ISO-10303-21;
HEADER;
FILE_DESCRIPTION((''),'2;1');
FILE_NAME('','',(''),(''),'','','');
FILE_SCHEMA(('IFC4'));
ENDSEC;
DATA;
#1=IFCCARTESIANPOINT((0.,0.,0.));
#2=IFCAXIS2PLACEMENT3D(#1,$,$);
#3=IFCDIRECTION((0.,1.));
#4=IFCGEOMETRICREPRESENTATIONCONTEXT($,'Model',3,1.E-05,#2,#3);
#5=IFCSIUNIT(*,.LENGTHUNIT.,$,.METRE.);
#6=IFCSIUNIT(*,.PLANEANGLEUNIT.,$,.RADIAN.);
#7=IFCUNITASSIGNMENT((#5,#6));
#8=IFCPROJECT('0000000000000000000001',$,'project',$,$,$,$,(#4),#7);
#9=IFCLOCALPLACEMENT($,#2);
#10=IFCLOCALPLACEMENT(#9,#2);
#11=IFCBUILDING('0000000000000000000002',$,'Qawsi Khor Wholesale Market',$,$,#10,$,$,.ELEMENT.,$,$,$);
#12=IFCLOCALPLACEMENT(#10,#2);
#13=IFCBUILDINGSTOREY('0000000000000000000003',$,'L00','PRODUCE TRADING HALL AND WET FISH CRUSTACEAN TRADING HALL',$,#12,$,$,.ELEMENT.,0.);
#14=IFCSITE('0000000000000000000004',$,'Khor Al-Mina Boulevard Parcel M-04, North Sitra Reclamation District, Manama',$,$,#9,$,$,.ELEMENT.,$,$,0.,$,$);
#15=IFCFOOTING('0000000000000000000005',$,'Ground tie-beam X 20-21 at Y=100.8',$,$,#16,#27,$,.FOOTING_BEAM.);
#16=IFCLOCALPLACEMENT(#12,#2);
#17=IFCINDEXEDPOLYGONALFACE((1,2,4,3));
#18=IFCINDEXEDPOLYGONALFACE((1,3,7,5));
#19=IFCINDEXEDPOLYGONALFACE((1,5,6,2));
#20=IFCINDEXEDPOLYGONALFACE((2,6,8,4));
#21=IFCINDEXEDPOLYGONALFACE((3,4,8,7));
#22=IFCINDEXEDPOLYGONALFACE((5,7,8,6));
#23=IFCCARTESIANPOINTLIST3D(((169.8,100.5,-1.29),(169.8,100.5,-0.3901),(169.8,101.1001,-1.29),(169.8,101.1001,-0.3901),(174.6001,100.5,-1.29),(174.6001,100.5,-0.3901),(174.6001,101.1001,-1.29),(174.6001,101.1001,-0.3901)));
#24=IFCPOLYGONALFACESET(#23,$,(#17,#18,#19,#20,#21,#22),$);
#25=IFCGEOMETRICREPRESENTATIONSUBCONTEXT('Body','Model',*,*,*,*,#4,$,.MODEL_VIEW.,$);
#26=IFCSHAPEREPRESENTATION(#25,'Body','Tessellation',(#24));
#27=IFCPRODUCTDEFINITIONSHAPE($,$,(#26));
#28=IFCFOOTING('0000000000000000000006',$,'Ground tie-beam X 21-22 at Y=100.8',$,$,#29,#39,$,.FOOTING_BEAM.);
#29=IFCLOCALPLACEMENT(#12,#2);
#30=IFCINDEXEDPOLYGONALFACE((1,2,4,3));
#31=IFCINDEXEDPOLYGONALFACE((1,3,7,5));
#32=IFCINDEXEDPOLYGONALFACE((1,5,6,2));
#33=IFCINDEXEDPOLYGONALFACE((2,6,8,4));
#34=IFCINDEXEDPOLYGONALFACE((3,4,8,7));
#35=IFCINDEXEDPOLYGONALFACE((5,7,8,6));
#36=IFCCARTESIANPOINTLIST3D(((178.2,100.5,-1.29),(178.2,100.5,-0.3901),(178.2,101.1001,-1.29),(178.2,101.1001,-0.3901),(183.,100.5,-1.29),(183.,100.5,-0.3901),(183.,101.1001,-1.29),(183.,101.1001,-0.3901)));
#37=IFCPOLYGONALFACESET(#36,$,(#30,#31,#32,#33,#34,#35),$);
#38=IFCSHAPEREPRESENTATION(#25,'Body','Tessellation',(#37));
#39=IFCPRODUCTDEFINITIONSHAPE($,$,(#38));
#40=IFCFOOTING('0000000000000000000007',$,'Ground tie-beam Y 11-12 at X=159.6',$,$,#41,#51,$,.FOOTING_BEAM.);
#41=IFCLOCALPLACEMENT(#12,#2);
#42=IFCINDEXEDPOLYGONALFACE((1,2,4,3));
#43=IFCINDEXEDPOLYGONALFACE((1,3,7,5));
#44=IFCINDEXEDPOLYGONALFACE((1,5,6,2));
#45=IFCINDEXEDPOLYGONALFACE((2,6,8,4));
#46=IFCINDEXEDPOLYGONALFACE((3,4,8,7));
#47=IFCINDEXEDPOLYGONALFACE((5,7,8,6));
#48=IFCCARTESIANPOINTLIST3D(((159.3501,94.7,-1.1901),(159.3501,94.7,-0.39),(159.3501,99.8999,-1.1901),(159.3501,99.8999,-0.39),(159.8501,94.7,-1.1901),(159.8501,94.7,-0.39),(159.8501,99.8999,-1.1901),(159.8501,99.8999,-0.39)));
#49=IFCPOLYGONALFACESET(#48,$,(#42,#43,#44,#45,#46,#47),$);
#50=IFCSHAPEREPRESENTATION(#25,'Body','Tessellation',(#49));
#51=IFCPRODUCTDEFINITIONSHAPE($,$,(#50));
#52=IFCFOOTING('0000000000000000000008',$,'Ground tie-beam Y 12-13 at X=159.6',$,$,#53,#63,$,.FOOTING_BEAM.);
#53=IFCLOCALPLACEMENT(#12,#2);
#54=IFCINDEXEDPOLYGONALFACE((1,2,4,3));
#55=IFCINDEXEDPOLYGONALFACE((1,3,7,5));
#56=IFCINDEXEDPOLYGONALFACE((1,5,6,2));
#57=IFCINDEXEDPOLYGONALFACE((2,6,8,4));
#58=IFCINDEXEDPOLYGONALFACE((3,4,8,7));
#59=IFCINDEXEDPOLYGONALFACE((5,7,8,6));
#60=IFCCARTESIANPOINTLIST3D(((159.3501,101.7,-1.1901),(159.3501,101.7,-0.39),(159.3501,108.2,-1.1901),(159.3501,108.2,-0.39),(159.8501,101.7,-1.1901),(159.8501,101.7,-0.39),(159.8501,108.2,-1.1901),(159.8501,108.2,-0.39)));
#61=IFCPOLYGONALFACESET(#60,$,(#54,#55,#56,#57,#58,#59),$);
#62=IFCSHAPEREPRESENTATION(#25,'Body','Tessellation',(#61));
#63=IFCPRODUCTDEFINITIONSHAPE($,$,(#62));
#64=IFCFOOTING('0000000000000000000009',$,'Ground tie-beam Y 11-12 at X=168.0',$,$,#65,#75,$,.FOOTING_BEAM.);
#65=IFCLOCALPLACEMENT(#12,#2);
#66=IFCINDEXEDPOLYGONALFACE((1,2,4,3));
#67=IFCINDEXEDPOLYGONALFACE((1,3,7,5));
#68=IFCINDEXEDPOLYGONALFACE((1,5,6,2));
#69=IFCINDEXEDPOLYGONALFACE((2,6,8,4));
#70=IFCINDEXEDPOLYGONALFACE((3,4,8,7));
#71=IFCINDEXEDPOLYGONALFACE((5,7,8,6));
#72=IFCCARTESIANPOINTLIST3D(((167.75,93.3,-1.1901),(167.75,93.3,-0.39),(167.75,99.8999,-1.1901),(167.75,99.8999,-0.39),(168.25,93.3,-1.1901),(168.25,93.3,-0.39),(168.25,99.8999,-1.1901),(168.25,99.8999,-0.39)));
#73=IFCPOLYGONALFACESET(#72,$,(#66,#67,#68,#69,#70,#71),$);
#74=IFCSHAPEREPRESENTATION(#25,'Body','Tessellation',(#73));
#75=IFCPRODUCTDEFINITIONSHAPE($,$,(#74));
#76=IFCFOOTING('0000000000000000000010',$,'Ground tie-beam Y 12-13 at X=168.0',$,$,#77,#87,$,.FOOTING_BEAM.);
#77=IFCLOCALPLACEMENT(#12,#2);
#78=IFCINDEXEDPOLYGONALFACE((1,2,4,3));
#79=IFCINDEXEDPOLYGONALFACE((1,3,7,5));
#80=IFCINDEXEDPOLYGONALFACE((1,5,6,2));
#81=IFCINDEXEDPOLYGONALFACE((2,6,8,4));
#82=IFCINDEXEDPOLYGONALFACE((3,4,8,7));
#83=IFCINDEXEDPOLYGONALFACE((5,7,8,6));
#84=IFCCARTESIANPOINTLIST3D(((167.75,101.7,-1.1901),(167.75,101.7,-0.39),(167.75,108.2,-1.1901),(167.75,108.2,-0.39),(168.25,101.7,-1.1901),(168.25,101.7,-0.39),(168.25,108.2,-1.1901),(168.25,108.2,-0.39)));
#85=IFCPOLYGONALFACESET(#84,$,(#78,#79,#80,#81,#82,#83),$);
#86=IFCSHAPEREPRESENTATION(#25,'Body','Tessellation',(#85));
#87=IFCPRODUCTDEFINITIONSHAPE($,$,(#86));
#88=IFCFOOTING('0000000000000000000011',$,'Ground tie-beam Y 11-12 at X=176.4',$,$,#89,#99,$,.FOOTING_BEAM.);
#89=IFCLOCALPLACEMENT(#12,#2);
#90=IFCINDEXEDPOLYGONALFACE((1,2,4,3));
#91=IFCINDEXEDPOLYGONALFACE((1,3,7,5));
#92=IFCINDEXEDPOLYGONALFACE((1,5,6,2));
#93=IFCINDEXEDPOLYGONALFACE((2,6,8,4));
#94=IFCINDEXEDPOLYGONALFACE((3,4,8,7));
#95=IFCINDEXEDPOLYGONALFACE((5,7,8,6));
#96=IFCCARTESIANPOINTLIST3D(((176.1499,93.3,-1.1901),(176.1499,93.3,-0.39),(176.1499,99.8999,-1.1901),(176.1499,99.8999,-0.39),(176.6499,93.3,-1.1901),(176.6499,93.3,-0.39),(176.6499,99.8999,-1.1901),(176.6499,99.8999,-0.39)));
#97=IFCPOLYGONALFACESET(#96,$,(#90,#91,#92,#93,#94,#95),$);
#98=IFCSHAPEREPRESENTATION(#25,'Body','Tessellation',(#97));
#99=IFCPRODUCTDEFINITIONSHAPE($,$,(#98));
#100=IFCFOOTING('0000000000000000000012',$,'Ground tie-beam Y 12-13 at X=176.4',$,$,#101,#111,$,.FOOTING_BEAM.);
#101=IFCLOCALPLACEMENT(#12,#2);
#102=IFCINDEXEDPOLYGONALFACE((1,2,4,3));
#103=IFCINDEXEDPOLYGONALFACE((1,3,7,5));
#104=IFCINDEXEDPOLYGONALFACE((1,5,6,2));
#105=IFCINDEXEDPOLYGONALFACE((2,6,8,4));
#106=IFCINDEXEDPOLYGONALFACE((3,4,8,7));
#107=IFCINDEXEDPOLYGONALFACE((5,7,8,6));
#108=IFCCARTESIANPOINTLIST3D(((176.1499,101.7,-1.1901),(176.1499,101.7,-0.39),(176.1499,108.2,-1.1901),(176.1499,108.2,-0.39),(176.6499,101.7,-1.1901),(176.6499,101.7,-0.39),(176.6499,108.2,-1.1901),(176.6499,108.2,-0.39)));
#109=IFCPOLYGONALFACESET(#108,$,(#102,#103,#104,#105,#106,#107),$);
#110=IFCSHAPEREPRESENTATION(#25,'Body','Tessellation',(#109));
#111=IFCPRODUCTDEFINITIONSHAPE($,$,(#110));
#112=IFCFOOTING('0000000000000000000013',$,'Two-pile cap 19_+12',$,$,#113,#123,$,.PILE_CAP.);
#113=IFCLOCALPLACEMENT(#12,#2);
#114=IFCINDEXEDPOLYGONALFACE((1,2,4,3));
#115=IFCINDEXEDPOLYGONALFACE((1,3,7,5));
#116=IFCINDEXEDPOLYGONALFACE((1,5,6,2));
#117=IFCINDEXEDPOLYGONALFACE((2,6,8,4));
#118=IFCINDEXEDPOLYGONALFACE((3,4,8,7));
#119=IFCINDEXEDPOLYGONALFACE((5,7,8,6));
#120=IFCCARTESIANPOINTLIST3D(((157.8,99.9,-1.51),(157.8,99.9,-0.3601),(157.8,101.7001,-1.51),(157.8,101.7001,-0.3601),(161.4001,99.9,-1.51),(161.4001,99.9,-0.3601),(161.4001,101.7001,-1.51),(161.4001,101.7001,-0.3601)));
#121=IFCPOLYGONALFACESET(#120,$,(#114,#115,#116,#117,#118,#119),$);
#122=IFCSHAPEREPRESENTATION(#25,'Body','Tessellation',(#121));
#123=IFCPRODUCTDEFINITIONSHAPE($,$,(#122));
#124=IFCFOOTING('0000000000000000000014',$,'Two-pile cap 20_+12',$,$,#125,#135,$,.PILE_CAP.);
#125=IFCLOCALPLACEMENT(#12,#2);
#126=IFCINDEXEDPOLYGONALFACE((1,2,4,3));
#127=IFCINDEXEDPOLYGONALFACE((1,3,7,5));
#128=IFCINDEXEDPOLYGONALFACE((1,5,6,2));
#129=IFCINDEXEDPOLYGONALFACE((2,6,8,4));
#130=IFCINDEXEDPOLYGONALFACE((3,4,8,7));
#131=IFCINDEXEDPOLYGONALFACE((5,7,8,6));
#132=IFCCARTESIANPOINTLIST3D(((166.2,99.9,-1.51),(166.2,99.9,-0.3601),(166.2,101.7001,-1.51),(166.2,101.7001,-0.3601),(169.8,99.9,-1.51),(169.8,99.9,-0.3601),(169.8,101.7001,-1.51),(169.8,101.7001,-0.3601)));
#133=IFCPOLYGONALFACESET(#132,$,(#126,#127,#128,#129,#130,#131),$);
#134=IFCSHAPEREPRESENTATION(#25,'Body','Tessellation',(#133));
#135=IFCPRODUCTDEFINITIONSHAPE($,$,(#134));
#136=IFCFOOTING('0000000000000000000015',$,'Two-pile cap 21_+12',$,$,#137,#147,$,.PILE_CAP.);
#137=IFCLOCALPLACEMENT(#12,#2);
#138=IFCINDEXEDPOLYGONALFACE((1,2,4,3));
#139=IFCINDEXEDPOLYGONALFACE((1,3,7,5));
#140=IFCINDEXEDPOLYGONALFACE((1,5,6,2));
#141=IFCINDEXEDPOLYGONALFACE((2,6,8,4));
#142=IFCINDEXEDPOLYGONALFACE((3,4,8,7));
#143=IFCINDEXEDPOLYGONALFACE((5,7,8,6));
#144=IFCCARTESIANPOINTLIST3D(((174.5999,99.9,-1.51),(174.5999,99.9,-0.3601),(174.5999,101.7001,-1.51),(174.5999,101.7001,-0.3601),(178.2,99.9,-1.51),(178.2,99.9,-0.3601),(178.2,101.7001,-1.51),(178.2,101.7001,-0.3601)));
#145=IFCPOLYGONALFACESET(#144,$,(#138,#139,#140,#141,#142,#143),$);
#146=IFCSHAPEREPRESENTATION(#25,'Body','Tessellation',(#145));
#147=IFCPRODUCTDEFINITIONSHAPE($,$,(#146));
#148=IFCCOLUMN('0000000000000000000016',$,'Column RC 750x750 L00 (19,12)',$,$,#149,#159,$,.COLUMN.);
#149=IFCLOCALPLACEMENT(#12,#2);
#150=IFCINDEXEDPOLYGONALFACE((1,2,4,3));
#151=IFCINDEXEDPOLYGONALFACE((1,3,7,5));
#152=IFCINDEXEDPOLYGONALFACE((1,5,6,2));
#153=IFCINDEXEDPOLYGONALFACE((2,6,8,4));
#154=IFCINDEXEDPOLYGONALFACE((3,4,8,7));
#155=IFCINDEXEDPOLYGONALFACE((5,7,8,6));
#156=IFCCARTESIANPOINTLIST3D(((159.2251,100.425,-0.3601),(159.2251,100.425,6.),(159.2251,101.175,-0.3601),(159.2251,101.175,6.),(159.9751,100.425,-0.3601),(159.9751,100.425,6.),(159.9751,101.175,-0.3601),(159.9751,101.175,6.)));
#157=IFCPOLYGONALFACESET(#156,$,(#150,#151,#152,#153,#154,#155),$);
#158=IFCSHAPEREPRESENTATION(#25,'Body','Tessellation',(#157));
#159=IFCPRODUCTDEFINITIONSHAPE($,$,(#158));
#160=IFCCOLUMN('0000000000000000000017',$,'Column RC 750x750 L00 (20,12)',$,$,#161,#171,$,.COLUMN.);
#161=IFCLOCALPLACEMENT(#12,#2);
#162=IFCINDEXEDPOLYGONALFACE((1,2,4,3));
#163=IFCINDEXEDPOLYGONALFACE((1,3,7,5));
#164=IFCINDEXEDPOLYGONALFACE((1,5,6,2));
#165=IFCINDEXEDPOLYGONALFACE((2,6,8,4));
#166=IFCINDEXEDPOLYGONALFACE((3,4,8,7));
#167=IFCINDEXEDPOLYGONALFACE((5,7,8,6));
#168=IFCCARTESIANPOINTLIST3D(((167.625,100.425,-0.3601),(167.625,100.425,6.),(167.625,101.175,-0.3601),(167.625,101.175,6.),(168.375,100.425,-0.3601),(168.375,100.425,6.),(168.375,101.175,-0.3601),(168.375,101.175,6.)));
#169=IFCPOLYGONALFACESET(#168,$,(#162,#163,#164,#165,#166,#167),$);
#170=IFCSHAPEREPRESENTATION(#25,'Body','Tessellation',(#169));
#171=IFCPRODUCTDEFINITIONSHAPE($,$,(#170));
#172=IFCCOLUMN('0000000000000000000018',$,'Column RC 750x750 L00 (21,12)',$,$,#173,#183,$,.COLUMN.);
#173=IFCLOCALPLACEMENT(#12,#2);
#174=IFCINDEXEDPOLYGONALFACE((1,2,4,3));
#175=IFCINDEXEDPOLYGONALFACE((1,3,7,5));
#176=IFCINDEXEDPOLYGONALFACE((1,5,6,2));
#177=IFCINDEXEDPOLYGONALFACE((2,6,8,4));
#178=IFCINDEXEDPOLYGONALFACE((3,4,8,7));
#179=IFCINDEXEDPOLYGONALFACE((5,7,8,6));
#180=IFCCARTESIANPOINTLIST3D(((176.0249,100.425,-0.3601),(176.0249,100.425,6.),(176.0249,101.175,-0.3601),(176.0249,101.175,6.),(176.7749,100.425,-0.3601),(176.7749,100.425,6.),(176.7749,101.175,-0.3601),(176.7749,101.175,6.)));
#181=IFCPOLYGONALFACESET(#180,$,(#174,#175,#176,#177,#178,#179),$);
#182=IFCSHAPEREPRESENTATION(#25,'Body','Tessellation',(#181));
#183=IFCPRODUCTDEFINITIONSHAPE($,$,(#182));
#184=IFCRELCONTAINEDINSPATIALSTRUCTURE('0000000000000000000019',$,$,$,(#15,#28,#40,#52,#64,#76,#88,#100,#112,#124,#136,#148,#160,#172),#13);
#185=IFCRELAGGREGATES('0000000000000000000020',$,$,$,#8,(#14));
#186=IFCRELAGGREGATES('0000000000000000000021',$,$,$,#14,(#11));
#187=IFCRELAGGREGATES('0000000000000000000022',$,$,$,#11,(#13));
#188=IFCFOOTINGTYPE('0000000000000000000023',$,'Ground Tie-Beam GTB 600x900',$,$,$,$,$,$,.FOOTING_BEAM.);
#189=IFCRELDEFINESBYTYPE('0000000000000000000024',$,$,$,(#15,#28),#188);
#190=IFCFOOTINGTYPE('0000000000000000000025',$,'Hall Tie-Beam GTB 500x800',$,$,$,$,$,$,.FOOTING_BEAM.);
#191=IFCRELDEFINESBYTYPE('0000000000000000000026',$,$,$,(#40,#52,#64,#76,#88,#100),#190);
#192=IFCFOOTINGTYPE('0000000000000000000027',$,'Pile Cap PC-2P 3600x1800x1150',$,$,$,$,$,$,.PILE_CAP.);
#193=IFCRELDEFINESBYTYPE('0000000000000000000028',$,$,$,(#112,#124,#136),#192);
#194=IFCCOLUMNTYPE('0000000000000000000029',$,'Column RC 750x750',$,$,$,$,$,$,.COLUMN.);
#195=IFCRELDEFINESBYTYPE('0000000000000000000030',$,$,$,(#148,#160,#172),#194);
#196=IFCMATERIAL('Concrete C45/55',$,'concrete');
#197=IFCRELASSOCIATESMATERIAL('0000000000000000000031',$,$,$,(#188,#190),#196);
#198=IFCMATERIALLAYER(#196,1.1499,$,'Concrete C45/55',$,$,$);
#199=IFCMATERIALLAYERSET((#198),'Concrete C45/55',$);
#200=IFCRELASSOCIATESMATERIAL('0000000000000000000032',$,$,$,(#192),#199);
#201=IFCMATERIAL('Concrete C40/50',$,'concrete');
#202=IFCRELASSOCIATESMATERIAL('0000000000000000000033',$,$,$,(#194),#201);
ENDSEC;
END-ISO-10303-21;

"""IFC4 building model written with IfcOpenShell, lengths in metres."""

from ifc_helpers import new_model, si_unit, direction, frame, origin, origin_2d, place, context, subcontext, project, spatial, rectangle, extrude, material, layer, layer_set, material_profile, profile_set, type_object, element, save


model = new_model("IFC4")

# Units and contexts
model_context = context("Model", 3, precision=1e-05, world=origin(), true_north=direction((0.0, 1.0)))
body_context = subcontext(model_context, "Body", "Model", "MODEL_VIEW")
ifc_project = project(units=[si_unit("LENGTHUNIT", "METRE"), si_unit("PLANEANGLEUNIT", "RADIAN")], contexts=[model_context])

# Site, building, storey
site_placement = place(None, origin())
site = spatial("IfcSite", under=ifc_project, at=site_placement, Name="Khor Al-Mina Boulevard Parcel M-04, North Sitra Reclamation District, Manama", CompositionType="ELEMENT", RefElevation=0.0)
building_placement = place(site_placement, origin())
building = spatial("IfcBuilding", under=site, at=building_placement, Name="Qawsi Khor Wholesale Market", CompositionType="ELEMENT")
storey_placement = place(building_placement, origin())
storey = spatial("IfcBuildingStorey", under=building, at=storey_placement, Name="L00", Description="PRODUCE TRADING HALL AND WET FISH CRUSTACEAN TRADING HALL", CompositionType="ELEMENT", Elevation=0.0)

# Shared definitions
ifc_material_1 = material(Name="Concrete C45/55", Category="concrete")

# Footings
ifc_material_profile_1 = material_profile(ifc_material_1, rectangle(XDim=0.6001, YDim=0.8999, at=origin_2d()), Name="RC 600x900")
ifc_profile_set_1 = profile_set([ifc_material_profile_1], Name="Concrete C45/55")
footing_type_1 = type_object("IfcFootingType", Name="Ground Tie-Beam GTB 600x900", PredefinedType="FOOTING_BEAM", material=ifc_profile_set_1)
for number, where, z_axis, x_axis, name in (
    (1, (169.8, 100.8, -0.8401), (1.0, 0.0, 0.0), (0.0, 1.0, 0.0), "Ground tie-beam X 20-21 at Y=100.8"),
    (2, (178.2, 100.8, -0.8401), (1.0, 0.0, 0.0), (0.0, 1.0, 0.0), "Ground tie-beam X 21-22 at Y=100.8"),
):
    element("IfcFooting", number, at=place(storey_placement, frame(where, z_axis=z_axis, x_axis=x_axis)), inside=storey, type_object=footing_type_1, Name=name, PredefinedType="FOOTING_BEAM", context=body_context, shape_type="SweptSolid", body=[
        extrude(rectangle(XDim=0.6001, YDim=0.8999, at=origin_2d()), origin(), (0.0, 0.0, 1.0), 4.8),
    ])
ifc_material_profile_2 = material_profile(ifc_material_1, rectangle(XDim=0.5, YDim=0.8, at=origin_2d()), Name="RC 500x800")
ifc_profile_set_2 = profile_set([ifc_material_profile_2], Name="Concrete C45/55")
footing_type_2 = type_object("IfcFootingType", Name="Hall Tie-Beam GTB 500x800", PredefinedType="FOOTING_BEAM", material=ifc_profile_set_2)
footing_1_placement = place(storey_placement, frame((159.6001, 94.7, -0.79), z_axis=(0.0, 1.0, 0.0), x_axis=(-1.0, 0.0, 0.0)))
element("IfcFooting", 3, at=footing_1_placement, inside=storey, type_object=footing_type_2, Name="Ground tie-beam Y 11-12 at X=159.6", PredefinedType="FOOTING_BEAM", context=body_context, shape_type="SweptSolid", body=[
    extrude(rectangle(XDim=0.5, YDim=0.8, at=origin_2d()), origin(), (0.0, 0.0, 1.0), 5.2),
])
footing_2_placement = place(storey_placement, frame((159.6001, 101.7, -0.79), z_axis=(0.0, 1.0, 0.0), x_axis=(-1.0, 0.0, 0.0)))
element("IfcFooting", 4, at=footing_2_placement, inside=storey, type_object=footing_type_2, Name="Ground tie-beam Y 12-13 at X=159.6", PredefinedType="FOOTING_BEAM", context=body_context, shape_type="SweptSolid", body=[
    extrude(rectangle(XDim=0.5, YDim=0.8, at=origin_2d()), origin(), (0.0, 0.0, 1.0), 6.5),
])
footing_3_placement = place(storey_placement, frame((168.0, 93.3, -0.79), z_axis=(0.0, 1.0, 0.0), x_axis=(-1.0, 0.0, 0.0)))
element("IfcFooting", 5, at=footing_3_placement, inside=storey, type_object=footing_type_2, Name="Ground tie-beam Y 11-12 at X=168.0", PredefinedType="FOOTING_BEAM", context=body_context, shape_type="SweptSolid", body=[
    extrude(rectangle(XDim=0.5, YDim=0.8, at=origin_2d()), origin(), (0.0, 0.0, 1.0), 6.5999),
])
footing_4_placement = place(storey_placement, frame((168.0, 101.7, -0.79), z_axis=(0.0, 1.0, 0.0), x_axis=(-1.0, 0.0, 0.0)))
element("IfcFooting", 6, at=footing_4_placement, inside=storey, type_object=footing_type_2, Name="Ground tie-beam Y 12-13 at X=168.0", PredefinedType="FOOTING_BEAM", context=body_context, shape_type="SweptSolid", body=[
    extrude(rectangle(XDim=0.5, YDim=0.8, at=origin_2d()), origin(), (0.0, 0.0, 1.0), 6.5),
])
footing_5_placement = place(storey_placement, frame((176.3999, 93.3, -0.79), z_axis=(0.0, 1.0, 0.0), x_axis=(-1.0, 0.0, 0.0)))
element("IfcFooting", 7, at=footing_5_placement, inside=storey, type_object=footing_type_2, Name="Ground tie-beam Y 11-12 at X=176.4", PredefinedType="FOOTING_BEAM", context=body_context, shape_type="SweptSolid", body=[
    extrude(rectangle(XDim=0.5, YDim=0.8, at=origin_2d()), origin(), (0.0, 0.0, 1.0), 6.5999),
])
footing_6_placement = place(storey_placement, frame((176.3999, 101.7, -0.79), z_axis=(0.0, 1.0, 0.0), x_axis=(-1.0, 0.0, 0.0)))
element("IfcFooting", 8, at=footing_6_placement, inside=storey, type_object=footing_type_2, Name="Ground tie-beam Y 12-13 at X=176.4", PredefinedType="FOOTING_BEAM", context=body_context, shape_type="SweptSolid", body=[
    extrude(rectangle(XDim=0.5, YDim=0.8, at=origin_2d()), origin(), (0.0, 0.0, 1.0), 6.5),
])
ifc_layer = layer(ifc_material_1, 1.1499, Name="Concrete C45/55")
ifc_layer_set = layer_set([ifc_layer], Name="Concrete C45/55")
footing_type_3 = type_object("IfcFootingType", Name="Pile Cap PC-2P 3600x1800x1150", PredefinedType="PILE_CAP", material=ifc_layer_set)
for number, where, z_axis, x_axis, name in (
    (9, (159.6001, 100.8, -1.51), (0.0, 0.0, 1.0), (1.0, 0.0, 0.0), "Two-pile cap 19_+12"),
    (10, (168.0, 100.8, -1.51), (0.0, 0.0, 1.0), (1.0, 0.0, 0.0), "Two-pile cap 20_+12"),
    (11, (176.3999, 100.8, -1.51), (0.0, 0.0, 1.0), (1.0, 0.0, 0.0), "Two-pile cap 21_+12"),
):
    element("IfcFooting", number, at=place(storey_placement, frame(where, z_axis=z_axis, x_axis=x_axis)), inside=storey, type_object=footing_type_3, Name=name, PredefinedType="PILE_CAP", context=body_context, shape_type="SweptSolid", body=[
        extrude(rectangle(XDim=3.6001, YDim=1.8, at=origin_2d()), origin(), (0.0, 0.0, 1.0), 1.1499),
    ])

# Columns
ifc_material_2 = material(Name="Concrete C40/50", Category="concrete")
ifc_material_profile_3 = material_profile(ifc_material_2, rectangle(XDim=0.75, YDim=0.75, at=origin_2d()), Name="RC 750x750")
ifc_profile_set_3 = profile_set([ifc_material_profile_3], Name="Concrete C40/50")
column_type = type_object("IfcColumnType", Name="Column RC 750x750", PredefinedType="COLUMN", material=ifc_profile_set_3)
for number, where, z_axis, x_axis, name in (
    (12, (159.6001, 100.8, -0.3601), (0.0, 0.0, 1.0), (1.0, 0.0, 0.0), "Column RC 750x750 L00 (19,12)"),
    (13, (168.0, 100.8, -0.3601), (0.0, 0.0, 1.0), (1.0, 0.0, 0.0), "Column RC 750x750 L00 (20,12)"),
    (14, (176.3999, 100.8, -0.3601), (0.0, 0.0, 1.0), (1.0, 0.0, 0.0), "Column RC 750x750 L00 (21,12)"),
):
    element("IfcColumn", number, at=place(storey_placement, frame(where, z_axis=z_axis, x_axis=x_axis)), inside=storey, type_object=column_type, Name=name, PredefinedType="COLUMN", context=body_context, shape_type="SweptSolid", body=[
        extrude(rectangle(XDim=0.75, YDim=0.75, at=origin_2d()), origin(), (0.0, 0.0, 1.0), 6.3601),
    ])

save(model, "model.ifc")
